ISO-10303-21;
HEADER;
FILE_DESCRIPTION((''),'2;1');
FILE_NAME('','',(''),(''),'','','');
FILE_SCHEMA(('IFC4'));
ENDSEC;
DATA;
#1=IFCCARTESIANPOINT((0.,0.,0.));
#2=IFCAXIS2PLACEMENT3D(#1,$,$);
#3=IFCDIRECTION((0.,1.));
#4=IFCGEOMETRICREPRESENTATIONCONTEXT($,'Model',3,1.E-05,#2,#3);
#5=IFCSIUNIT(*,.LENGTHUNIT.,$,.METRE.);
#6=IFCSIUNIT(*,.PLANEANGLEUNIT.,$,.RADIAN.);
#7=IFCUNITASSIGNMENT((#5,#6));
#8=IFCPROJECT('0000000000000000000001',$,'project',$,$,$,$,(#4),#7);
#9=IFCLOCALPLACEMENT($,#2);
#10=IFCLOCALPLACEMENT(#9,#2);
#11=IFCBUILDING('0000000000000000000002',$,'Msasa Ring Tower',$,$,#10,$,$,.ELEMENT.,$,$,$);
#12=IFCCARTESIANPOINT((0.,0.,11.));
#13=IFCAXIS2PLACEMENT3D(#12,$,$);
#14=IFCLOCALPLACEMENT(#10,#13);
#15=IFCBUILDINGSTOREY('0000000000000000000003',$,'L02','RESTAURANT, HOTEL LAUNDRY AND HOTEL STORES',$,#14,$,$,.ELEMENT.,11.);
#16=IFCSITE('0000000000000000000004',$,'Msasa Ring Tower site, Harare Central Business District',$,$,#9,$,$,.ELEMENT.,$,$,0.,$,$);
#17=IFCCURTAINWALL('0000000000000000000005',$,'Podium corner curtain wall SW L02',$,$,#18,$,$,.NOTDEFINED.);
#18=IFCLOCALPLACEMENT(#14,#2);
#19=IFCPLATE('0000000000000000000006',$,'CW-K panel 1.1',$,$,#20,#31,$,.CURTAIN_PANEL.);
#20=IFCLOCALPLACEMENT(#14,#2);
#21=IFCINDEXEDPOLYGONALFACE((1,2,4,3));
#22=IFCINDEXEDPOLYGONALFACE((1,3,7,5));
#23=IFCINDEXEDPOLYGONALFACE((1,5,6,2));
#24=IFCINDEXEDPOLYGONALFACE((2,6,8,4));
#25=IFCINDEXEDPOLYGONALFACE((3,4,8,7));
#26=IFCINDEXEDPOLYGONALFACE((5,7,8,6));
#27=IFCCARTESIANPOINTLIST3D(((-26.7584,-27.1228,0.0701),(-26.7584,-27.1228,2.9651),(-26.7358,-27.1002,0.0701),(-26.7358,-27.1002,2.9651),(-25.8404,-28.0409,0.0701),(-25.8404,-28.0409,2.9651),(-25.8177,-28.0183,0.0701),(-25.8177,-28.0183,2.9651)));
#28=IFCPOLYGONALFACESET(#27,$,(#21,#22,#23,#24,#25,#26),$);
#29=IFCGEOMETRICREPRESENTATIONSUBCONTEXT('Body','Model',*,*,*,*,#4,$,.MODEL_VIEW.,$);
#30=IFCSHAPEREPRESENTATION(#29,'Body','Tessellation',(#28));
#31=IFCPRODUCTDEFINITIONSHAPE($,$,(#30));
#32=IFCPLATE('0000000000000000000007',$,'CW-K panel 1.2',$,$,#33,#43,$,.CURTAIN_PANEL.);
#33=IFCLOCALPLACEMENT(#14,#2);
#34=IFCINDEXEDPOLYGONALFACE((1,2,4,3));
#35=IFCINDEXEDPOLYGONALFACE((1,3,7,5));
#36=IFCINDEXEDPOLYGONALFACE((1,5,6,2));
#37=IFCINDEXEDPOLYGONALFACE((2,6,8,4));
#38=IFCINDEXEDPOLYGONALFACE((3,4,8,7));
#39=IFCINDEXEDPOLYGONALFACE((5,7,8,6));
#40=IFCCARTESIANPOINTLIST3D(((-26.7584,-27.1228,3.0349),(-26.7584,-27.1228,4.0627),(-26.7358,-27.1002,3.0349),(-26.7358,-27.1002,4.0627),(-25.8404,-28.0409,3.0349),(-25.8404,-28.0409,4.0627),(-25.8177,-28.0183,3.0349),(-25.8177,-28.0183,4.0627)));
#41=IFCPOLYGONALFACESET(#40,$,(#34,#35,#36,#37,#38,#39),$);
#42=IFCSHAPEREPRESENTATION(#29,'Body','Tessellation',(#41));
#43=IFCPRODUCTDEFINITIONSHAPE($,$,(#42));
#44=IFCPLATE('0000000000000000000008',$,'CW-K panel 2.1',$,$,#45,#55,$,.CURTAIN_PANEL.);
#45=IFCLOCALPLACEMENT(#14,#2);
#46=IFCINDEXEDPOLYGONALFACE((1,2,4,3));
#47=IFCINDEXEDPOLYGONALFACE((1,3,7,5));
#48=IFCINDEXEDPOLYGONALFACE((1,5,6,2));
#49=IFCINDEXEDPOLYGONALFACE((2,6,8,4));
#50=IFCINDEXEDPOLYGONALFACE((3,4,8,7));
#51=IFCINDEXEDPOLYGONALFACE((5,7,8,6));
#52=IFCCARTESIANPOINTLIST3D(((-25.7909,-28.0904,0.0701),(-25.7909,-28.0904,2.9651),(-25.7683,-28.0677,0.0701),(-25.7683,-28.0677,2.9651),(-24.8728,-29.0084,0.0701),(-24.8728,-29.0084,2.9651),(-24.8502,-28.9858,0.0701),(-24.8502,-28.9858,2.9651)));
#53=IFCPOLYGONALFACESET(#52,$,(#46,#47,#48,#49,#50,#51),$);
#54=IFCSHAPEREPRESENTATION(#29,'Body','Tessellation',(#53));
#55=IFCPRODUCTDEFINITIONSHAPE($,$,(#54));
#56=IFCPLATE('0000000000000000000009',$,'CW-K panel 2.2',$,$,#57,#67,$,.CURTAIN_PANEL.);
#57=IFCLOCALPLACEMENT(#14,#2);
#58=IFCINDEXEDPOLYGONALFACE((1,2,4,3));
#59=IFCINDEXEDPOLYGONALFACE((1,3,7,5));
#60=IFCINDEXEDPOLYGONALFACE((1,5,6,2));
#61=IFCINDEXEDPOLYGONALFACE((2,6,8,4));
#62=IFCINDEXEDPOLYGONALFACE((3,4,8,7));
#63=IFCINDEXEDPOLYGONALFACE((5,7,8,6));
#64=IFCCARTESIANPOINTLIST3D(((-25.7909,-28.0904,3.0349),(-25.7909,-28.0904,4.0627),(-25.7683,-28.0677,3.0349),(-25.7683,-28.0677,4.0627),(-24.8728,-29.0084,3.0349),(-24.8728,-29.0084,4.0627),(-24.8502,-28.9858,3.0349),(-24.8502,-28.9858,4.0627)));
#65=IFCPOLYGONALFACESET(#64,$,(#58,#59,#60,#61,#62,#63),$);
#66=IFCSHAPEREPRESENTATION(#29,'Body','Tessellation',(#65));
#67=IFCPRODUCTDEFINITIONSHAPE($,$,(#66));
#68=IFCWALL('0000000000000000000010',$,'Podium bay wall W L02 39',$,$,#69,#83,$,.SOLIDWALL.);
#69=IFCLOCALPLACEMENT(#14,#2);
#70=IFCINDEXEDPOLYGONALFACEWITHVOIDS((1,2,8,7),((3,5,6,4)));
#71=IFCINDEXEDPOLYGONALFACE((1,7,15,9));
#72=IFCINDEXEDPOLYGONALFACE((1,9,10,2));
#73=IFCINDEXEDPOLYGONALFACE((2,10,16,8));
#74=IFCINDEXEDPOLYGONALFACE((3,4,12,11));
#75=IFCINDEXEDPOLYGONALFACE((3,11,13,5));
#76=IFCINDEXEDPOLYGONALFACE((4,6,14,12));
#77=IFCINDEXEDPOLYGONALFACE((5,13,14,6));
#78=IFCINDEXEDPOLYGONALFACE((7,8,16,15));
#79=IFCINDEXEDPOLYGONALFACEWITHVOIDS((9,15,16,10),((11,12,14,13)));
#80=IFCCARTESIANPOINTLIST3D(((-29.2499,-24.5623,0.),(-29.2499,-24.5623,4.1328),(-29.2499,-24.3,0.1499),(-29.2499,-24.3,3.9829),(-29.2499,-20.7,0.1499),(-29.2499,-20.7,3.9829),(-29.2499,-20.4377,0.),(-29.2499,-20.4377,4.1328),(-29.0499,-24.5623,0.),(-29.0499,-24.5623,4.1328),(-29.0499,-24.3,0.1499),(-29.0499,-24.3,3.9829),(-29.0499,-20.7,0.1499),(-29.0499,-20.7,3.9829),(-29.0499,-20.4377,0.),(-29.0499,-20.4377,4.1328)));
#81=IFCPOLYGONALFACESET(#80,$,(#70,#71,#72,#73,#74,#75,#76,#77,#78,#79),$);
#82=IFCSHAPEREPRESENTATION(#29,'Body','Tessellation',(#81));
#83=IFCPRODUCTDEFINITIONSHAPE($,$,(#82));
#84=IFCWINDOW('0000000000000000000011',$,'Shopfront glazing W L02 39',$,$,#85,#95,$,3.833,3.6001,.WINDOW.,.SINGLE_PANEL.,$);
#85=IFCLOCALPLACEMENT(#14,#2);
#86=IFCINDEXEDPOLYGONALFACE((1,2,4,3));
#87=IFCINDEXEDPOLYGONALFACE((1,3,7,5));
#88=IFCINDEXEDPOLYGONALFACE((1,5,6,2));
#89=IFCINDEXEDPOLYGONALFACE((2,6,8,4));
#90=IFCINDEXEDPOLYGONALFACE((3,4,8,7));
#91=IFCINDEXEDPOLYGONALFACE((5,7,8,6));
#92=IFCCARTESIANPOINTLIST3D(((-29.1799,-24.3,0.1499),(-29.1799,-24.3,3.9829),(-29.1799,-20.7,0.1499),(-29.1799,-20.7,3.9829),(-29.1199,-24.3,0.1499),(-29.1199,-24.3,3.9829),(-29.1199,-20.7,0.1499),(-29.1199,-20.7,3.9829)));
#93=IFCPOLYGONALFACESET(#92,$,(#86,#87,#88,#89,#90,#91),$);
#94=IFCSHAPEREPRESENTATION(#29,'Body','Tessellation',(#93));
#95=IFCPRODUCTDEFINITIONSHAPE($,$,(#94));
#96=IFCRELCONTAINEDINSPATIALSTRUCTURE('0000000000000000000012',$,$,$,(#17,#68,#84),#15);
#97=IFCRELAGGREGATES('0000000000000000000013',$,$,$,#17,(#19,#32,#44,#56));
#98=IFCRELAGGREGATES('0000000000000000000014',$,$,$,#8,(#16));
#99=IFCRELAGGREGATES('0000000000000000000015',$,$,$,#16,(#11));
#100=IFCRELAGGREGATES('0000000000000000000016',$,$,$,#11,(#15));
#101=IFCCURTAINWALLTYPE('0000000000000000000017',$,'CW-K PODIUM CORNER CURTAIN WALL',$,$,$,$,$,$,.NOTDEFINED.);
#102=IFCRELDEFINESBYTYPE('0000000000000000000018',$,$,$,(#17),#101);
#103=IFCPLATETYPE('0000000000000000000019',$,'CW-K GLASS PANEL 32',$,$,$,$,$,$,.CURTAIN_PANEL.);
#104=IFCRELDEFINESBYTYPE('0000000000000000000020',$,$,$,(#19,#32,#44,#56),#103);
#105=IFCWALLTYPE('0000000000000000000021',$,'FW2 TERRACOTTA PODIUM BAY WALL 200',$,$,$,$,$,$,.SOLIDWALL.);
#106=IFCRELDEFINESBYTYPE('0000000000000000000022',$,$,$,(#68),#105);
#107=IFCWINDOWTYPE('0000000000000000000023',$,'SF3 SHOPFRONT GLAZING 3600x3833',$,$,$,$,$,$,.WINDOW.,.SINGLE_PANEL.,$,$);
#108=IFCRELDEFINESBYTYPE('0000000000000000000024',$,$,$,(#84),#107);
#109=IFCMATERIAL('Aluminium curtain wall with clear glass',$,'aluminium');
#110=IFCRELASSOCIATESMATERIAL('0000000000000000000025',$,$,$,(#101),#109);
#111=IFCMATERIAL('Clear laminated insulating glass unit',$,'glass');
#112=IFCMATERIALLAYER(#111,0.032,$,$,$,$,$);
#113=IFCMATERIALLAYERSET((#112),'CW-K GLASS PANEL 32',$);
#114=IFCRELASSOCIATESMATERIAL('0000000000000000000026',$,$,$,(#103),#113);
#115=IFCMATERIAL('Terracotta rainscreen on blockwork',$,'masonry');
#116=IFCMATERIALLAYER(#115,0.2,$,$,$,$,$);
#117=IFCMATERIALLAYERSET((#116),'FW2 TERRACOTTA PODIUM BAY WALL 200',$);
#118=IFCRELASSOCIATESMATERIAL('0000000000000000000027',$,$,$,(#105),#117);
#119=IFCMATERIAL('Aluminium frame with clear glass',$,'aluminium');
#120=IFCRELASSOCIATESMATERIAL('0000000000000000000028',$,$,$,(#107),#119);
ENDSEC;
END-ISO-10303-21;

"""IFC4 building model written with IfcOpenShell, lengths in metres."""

from ifc_helpers import new_model, si_unit, direction, frame, frame_2d, origin, origin_2d, place, context, subcontext, project, spatial, rectangle, extrude, material, layer, layer_set, type_object, element, fill, aggregate, save


model = new_model("IFC4")

# Units and contexts
model_context = context("Model", 3, precision=1e-05, world=origin(), true_north=direction((0.0, 1.0)))
body_context = subcontext(model_context, "Body", "Model", "MODEL_VIEW")
ifc_project = project(units=[si_unit("LENGTHUNIT", "METRE"), si_unit("PLANEANGLEUNIT", "RADIAN")], contexts=[model_context])

# Site, building, storey
site_placement = place(None, origin())
site = spatial("IfcSite", under=ifc_project, at=site_placement, Name="Msasa Ring Tower site, Harare Central Business District", CompositionType="ELEMENT", RefElevation=0.0)
building_placement = place(site_placement, origin())
building = spatial("IfcBuilding", under=site, at=building_placement, Name="Msasa Ring Tower", CompositionType="ELEMENT")
storey_placement = place(building_placement, frame((0.0, 0.0, 11.0)))
storey = spatial("IfcBuildingStorey", under=building, at=storey_placement, Name="L02", Description="RESTAURANT, HOTEL LAUNDRY AND HOTEL STORES", CompositionType="ELEMENT", Elevation=11.0)

# Curtain wall
ifc_material_1 = material(Name="Aluminium curtain wall with clear glass", Category="aluminium")
curtain_wall_type = type_object("IfcCurtainWallType", Name="CW-K PODIUM CORNER CURTAIN WALL", PredefinedType="NOTDEFINED", material=ifc_material_1)
curtain_wall_1_placement = place(storey_placement, origin())
curtain_wall_1 = element("IfcCurtainWall", 1, at=curtain_wall_1_placement, inside=storey, type_object=curtain_wall_type, Name="Podium corner curtain wall SW L02", PredefinedType="NOTDEFINED")

# Plates
ifc_material_2 = material(Name="Clear laminated insulating glass unit", Category="glass")
ifc_layer_1 = layer(ifc_material_2, 0.032)
ifc_layer_set_1 = layer_set([ifc_layer_1], Name="CW-K GLASS PANEL 32")
plate_type = type_object("IfcPlateType", Name="CW-K GLASS PANEL 32", PredefinedType="CURTAIN_PANEL", material=ifc_layer_set_1)
plate_1_placement = place(storey_placement, frame((-26.2881, -27.5706, 0.0701), z_axis=(0.0, 0.0, 1.0), x_axis=(0.707107, -0.707107, 0.0)))
plate_1 = element("IfcPlate", 2, at=plate_1_placement, type_object=plate_type, Name="CW-K panel 1.1", PredefinedType="CURTAIN_PANEL", context=body_context, shape_type="SweptSolid", body=[
    extrude(rectangle(XDim=1.2983, YDim=0.032, at=origin_2d()), origin(), (0.0, 0.0, 1.0), 2.895),
])
plate_2_placement = place(storey_placement, frame((-26.2881, -27.5706, 3.0349), z_axis=(0.0, 0.0, 1.0), x_axis=(0.707107, -0.707107, 0.0)))
plate_2 = element("IfcPlate", 3, at=plate_2_placement, type_object=plate_type, Name="CW-K panel 1.2", PredefinedType="CURTAIN_PANEL", context=body_context, shape_type="SweptSolid", body=[
    extrude(rectangle(XDim=1.2983, YDim=0.032, at=origin_2d()), origin(), (0.0, 0.0, 1.0), 1.0278),
])
plate_3_placement = place(storey_placement, frame((-25.3206, -28.5381, 0.0701), z_axis=(0.0, 0.0, 1.0), x_axis=(0.707107, -0.707107, 0.0)))
plate_3 = element("IfcPlate", 4, at=plate_3_placement, type_object=plate_type, Name="CW-K panel 2.1", PredefinedType="CURTAIN_PANEL", context=body_context, shape_type="SweptSolid", body=[
    extrude(rectangle(XDim=1.2983, YDim=0.032, at=origin_2d()), origin(), (0.0, 0.0, 1.0), 2.895),
])
plate_4_placement = place(storey_placement, frame((-25.3206, -28.5381, 3.0349), z_axis=(0.0, 0.0, 1.0), x_axis=(0.707107, -0.707107, 0.0)))
plate_4 = element("IfcPlate", 5, at=plate_4_placement, type_object=plate_type, Name="CW-K panel 2.2", PredefinedType="CURTAIN_PANEL", context=body_context, shape_type="SweptSolid", body=[
    extrude(rectangle(XDim=1.2983, YDim=0.032, at=origin_2d()), origin(), (0.0, 0.0, 1.0), 1.0278),
])
aggregate(curtain_wall_1, [plate_1, plate_2, plate_3, plate_4])

# Wall, opening, window
ifc_material_3 = material(Name="Terracotta rainscreen on blockwork", Category="masonry")
ifc_layer_2 = layer(ifc_material_3, 0.2)
ifc_layer_set_2 = layer_set([ifc_layer_2], Name="FW2 TERRACOTTA PODIUM BAY WALL 200")
wall_type = type_object("IfcWallType", Name="FW2 TERRACOTTA PODIUM BAY WALL 200", PredefinedType="SOLIDWALL", material=ifc_layer_set_2)
wall_placement = place(storey_placement, frame((-29.1499, -24.5623, 0.0), z_axis=(0.0, 0.0, 1.0), x_axis=(0.0, 1.0, 0.0)))
wall = element("IfcWall", 6, at=wall_placement, inside=storey, type_object=wall_type, Name="Podium bay wall W L02 39", PredefinedType="SOLIDWALL", context=body_context, shape_type="SweptSolid", body=[
    extrude(rectangle(XDim=4.1245, YDim=0.2, at=frame_2d((2.0623, 0.0))), origin(), (0.0, 0.0, 1.0), 4.1328),
])
opening_placement = place(wall_placement, frame((0.2622, 0.0, 0.1499)))
opening = element("IfcOpeningElement", 7, at=opening_placement, cuts=wall, PredefinedType="OPENING", context=body_context, shape_type="SweptSolid", body=[
    extrude(rectangle(XDim=3.6001, YDim=3.833, at=frame_2d((1.8, 1.9165))), frame((0.0, 0.1099, 0.0), z_axis=(0.0, -1.0, 0.0), x_axis=(1.0, 0.0, 0.0)), (0.0, 0.0, 1.0), 0.22),
])
ifc_material_4 = material(Name="Aluminium frame with clear glass", Category="aluminium")
window_type = type_object("IfcWindowType", Name="SF3 SHOPFRONT GLAZING 3600x3833", PartitioningType="SINGLE_PANEL", PredefinedType="WINDOW", material=ifc_material_4)
window_placement = place(opening_placement, origin())
window = element("IfcWindow", 8, at=window_placement, inside=storey, type_object=window_type, Name="Shopfront glazing W L02 39", OverallHeight=3.833, OverallWidth=3.6001, PartitioningType="SINGLE_PANEL", PredefinedType="WINDOW", context=body_context, shape_type="SweptSolid", body=[
    extrude(rectangle(XDim=3.6001, YDim=3.833, at=frame_2d((1.8, 1.9165))), frame((0.0, 0.03, 0.0), z_axis=(0.0, -1.0, 0.0), x_axis=(1.0, 0.0, 0.0)), (0.0, 0.0, 1.0), 0.0601),
])
fill(opening, window)

save(model, "model.ifc")
